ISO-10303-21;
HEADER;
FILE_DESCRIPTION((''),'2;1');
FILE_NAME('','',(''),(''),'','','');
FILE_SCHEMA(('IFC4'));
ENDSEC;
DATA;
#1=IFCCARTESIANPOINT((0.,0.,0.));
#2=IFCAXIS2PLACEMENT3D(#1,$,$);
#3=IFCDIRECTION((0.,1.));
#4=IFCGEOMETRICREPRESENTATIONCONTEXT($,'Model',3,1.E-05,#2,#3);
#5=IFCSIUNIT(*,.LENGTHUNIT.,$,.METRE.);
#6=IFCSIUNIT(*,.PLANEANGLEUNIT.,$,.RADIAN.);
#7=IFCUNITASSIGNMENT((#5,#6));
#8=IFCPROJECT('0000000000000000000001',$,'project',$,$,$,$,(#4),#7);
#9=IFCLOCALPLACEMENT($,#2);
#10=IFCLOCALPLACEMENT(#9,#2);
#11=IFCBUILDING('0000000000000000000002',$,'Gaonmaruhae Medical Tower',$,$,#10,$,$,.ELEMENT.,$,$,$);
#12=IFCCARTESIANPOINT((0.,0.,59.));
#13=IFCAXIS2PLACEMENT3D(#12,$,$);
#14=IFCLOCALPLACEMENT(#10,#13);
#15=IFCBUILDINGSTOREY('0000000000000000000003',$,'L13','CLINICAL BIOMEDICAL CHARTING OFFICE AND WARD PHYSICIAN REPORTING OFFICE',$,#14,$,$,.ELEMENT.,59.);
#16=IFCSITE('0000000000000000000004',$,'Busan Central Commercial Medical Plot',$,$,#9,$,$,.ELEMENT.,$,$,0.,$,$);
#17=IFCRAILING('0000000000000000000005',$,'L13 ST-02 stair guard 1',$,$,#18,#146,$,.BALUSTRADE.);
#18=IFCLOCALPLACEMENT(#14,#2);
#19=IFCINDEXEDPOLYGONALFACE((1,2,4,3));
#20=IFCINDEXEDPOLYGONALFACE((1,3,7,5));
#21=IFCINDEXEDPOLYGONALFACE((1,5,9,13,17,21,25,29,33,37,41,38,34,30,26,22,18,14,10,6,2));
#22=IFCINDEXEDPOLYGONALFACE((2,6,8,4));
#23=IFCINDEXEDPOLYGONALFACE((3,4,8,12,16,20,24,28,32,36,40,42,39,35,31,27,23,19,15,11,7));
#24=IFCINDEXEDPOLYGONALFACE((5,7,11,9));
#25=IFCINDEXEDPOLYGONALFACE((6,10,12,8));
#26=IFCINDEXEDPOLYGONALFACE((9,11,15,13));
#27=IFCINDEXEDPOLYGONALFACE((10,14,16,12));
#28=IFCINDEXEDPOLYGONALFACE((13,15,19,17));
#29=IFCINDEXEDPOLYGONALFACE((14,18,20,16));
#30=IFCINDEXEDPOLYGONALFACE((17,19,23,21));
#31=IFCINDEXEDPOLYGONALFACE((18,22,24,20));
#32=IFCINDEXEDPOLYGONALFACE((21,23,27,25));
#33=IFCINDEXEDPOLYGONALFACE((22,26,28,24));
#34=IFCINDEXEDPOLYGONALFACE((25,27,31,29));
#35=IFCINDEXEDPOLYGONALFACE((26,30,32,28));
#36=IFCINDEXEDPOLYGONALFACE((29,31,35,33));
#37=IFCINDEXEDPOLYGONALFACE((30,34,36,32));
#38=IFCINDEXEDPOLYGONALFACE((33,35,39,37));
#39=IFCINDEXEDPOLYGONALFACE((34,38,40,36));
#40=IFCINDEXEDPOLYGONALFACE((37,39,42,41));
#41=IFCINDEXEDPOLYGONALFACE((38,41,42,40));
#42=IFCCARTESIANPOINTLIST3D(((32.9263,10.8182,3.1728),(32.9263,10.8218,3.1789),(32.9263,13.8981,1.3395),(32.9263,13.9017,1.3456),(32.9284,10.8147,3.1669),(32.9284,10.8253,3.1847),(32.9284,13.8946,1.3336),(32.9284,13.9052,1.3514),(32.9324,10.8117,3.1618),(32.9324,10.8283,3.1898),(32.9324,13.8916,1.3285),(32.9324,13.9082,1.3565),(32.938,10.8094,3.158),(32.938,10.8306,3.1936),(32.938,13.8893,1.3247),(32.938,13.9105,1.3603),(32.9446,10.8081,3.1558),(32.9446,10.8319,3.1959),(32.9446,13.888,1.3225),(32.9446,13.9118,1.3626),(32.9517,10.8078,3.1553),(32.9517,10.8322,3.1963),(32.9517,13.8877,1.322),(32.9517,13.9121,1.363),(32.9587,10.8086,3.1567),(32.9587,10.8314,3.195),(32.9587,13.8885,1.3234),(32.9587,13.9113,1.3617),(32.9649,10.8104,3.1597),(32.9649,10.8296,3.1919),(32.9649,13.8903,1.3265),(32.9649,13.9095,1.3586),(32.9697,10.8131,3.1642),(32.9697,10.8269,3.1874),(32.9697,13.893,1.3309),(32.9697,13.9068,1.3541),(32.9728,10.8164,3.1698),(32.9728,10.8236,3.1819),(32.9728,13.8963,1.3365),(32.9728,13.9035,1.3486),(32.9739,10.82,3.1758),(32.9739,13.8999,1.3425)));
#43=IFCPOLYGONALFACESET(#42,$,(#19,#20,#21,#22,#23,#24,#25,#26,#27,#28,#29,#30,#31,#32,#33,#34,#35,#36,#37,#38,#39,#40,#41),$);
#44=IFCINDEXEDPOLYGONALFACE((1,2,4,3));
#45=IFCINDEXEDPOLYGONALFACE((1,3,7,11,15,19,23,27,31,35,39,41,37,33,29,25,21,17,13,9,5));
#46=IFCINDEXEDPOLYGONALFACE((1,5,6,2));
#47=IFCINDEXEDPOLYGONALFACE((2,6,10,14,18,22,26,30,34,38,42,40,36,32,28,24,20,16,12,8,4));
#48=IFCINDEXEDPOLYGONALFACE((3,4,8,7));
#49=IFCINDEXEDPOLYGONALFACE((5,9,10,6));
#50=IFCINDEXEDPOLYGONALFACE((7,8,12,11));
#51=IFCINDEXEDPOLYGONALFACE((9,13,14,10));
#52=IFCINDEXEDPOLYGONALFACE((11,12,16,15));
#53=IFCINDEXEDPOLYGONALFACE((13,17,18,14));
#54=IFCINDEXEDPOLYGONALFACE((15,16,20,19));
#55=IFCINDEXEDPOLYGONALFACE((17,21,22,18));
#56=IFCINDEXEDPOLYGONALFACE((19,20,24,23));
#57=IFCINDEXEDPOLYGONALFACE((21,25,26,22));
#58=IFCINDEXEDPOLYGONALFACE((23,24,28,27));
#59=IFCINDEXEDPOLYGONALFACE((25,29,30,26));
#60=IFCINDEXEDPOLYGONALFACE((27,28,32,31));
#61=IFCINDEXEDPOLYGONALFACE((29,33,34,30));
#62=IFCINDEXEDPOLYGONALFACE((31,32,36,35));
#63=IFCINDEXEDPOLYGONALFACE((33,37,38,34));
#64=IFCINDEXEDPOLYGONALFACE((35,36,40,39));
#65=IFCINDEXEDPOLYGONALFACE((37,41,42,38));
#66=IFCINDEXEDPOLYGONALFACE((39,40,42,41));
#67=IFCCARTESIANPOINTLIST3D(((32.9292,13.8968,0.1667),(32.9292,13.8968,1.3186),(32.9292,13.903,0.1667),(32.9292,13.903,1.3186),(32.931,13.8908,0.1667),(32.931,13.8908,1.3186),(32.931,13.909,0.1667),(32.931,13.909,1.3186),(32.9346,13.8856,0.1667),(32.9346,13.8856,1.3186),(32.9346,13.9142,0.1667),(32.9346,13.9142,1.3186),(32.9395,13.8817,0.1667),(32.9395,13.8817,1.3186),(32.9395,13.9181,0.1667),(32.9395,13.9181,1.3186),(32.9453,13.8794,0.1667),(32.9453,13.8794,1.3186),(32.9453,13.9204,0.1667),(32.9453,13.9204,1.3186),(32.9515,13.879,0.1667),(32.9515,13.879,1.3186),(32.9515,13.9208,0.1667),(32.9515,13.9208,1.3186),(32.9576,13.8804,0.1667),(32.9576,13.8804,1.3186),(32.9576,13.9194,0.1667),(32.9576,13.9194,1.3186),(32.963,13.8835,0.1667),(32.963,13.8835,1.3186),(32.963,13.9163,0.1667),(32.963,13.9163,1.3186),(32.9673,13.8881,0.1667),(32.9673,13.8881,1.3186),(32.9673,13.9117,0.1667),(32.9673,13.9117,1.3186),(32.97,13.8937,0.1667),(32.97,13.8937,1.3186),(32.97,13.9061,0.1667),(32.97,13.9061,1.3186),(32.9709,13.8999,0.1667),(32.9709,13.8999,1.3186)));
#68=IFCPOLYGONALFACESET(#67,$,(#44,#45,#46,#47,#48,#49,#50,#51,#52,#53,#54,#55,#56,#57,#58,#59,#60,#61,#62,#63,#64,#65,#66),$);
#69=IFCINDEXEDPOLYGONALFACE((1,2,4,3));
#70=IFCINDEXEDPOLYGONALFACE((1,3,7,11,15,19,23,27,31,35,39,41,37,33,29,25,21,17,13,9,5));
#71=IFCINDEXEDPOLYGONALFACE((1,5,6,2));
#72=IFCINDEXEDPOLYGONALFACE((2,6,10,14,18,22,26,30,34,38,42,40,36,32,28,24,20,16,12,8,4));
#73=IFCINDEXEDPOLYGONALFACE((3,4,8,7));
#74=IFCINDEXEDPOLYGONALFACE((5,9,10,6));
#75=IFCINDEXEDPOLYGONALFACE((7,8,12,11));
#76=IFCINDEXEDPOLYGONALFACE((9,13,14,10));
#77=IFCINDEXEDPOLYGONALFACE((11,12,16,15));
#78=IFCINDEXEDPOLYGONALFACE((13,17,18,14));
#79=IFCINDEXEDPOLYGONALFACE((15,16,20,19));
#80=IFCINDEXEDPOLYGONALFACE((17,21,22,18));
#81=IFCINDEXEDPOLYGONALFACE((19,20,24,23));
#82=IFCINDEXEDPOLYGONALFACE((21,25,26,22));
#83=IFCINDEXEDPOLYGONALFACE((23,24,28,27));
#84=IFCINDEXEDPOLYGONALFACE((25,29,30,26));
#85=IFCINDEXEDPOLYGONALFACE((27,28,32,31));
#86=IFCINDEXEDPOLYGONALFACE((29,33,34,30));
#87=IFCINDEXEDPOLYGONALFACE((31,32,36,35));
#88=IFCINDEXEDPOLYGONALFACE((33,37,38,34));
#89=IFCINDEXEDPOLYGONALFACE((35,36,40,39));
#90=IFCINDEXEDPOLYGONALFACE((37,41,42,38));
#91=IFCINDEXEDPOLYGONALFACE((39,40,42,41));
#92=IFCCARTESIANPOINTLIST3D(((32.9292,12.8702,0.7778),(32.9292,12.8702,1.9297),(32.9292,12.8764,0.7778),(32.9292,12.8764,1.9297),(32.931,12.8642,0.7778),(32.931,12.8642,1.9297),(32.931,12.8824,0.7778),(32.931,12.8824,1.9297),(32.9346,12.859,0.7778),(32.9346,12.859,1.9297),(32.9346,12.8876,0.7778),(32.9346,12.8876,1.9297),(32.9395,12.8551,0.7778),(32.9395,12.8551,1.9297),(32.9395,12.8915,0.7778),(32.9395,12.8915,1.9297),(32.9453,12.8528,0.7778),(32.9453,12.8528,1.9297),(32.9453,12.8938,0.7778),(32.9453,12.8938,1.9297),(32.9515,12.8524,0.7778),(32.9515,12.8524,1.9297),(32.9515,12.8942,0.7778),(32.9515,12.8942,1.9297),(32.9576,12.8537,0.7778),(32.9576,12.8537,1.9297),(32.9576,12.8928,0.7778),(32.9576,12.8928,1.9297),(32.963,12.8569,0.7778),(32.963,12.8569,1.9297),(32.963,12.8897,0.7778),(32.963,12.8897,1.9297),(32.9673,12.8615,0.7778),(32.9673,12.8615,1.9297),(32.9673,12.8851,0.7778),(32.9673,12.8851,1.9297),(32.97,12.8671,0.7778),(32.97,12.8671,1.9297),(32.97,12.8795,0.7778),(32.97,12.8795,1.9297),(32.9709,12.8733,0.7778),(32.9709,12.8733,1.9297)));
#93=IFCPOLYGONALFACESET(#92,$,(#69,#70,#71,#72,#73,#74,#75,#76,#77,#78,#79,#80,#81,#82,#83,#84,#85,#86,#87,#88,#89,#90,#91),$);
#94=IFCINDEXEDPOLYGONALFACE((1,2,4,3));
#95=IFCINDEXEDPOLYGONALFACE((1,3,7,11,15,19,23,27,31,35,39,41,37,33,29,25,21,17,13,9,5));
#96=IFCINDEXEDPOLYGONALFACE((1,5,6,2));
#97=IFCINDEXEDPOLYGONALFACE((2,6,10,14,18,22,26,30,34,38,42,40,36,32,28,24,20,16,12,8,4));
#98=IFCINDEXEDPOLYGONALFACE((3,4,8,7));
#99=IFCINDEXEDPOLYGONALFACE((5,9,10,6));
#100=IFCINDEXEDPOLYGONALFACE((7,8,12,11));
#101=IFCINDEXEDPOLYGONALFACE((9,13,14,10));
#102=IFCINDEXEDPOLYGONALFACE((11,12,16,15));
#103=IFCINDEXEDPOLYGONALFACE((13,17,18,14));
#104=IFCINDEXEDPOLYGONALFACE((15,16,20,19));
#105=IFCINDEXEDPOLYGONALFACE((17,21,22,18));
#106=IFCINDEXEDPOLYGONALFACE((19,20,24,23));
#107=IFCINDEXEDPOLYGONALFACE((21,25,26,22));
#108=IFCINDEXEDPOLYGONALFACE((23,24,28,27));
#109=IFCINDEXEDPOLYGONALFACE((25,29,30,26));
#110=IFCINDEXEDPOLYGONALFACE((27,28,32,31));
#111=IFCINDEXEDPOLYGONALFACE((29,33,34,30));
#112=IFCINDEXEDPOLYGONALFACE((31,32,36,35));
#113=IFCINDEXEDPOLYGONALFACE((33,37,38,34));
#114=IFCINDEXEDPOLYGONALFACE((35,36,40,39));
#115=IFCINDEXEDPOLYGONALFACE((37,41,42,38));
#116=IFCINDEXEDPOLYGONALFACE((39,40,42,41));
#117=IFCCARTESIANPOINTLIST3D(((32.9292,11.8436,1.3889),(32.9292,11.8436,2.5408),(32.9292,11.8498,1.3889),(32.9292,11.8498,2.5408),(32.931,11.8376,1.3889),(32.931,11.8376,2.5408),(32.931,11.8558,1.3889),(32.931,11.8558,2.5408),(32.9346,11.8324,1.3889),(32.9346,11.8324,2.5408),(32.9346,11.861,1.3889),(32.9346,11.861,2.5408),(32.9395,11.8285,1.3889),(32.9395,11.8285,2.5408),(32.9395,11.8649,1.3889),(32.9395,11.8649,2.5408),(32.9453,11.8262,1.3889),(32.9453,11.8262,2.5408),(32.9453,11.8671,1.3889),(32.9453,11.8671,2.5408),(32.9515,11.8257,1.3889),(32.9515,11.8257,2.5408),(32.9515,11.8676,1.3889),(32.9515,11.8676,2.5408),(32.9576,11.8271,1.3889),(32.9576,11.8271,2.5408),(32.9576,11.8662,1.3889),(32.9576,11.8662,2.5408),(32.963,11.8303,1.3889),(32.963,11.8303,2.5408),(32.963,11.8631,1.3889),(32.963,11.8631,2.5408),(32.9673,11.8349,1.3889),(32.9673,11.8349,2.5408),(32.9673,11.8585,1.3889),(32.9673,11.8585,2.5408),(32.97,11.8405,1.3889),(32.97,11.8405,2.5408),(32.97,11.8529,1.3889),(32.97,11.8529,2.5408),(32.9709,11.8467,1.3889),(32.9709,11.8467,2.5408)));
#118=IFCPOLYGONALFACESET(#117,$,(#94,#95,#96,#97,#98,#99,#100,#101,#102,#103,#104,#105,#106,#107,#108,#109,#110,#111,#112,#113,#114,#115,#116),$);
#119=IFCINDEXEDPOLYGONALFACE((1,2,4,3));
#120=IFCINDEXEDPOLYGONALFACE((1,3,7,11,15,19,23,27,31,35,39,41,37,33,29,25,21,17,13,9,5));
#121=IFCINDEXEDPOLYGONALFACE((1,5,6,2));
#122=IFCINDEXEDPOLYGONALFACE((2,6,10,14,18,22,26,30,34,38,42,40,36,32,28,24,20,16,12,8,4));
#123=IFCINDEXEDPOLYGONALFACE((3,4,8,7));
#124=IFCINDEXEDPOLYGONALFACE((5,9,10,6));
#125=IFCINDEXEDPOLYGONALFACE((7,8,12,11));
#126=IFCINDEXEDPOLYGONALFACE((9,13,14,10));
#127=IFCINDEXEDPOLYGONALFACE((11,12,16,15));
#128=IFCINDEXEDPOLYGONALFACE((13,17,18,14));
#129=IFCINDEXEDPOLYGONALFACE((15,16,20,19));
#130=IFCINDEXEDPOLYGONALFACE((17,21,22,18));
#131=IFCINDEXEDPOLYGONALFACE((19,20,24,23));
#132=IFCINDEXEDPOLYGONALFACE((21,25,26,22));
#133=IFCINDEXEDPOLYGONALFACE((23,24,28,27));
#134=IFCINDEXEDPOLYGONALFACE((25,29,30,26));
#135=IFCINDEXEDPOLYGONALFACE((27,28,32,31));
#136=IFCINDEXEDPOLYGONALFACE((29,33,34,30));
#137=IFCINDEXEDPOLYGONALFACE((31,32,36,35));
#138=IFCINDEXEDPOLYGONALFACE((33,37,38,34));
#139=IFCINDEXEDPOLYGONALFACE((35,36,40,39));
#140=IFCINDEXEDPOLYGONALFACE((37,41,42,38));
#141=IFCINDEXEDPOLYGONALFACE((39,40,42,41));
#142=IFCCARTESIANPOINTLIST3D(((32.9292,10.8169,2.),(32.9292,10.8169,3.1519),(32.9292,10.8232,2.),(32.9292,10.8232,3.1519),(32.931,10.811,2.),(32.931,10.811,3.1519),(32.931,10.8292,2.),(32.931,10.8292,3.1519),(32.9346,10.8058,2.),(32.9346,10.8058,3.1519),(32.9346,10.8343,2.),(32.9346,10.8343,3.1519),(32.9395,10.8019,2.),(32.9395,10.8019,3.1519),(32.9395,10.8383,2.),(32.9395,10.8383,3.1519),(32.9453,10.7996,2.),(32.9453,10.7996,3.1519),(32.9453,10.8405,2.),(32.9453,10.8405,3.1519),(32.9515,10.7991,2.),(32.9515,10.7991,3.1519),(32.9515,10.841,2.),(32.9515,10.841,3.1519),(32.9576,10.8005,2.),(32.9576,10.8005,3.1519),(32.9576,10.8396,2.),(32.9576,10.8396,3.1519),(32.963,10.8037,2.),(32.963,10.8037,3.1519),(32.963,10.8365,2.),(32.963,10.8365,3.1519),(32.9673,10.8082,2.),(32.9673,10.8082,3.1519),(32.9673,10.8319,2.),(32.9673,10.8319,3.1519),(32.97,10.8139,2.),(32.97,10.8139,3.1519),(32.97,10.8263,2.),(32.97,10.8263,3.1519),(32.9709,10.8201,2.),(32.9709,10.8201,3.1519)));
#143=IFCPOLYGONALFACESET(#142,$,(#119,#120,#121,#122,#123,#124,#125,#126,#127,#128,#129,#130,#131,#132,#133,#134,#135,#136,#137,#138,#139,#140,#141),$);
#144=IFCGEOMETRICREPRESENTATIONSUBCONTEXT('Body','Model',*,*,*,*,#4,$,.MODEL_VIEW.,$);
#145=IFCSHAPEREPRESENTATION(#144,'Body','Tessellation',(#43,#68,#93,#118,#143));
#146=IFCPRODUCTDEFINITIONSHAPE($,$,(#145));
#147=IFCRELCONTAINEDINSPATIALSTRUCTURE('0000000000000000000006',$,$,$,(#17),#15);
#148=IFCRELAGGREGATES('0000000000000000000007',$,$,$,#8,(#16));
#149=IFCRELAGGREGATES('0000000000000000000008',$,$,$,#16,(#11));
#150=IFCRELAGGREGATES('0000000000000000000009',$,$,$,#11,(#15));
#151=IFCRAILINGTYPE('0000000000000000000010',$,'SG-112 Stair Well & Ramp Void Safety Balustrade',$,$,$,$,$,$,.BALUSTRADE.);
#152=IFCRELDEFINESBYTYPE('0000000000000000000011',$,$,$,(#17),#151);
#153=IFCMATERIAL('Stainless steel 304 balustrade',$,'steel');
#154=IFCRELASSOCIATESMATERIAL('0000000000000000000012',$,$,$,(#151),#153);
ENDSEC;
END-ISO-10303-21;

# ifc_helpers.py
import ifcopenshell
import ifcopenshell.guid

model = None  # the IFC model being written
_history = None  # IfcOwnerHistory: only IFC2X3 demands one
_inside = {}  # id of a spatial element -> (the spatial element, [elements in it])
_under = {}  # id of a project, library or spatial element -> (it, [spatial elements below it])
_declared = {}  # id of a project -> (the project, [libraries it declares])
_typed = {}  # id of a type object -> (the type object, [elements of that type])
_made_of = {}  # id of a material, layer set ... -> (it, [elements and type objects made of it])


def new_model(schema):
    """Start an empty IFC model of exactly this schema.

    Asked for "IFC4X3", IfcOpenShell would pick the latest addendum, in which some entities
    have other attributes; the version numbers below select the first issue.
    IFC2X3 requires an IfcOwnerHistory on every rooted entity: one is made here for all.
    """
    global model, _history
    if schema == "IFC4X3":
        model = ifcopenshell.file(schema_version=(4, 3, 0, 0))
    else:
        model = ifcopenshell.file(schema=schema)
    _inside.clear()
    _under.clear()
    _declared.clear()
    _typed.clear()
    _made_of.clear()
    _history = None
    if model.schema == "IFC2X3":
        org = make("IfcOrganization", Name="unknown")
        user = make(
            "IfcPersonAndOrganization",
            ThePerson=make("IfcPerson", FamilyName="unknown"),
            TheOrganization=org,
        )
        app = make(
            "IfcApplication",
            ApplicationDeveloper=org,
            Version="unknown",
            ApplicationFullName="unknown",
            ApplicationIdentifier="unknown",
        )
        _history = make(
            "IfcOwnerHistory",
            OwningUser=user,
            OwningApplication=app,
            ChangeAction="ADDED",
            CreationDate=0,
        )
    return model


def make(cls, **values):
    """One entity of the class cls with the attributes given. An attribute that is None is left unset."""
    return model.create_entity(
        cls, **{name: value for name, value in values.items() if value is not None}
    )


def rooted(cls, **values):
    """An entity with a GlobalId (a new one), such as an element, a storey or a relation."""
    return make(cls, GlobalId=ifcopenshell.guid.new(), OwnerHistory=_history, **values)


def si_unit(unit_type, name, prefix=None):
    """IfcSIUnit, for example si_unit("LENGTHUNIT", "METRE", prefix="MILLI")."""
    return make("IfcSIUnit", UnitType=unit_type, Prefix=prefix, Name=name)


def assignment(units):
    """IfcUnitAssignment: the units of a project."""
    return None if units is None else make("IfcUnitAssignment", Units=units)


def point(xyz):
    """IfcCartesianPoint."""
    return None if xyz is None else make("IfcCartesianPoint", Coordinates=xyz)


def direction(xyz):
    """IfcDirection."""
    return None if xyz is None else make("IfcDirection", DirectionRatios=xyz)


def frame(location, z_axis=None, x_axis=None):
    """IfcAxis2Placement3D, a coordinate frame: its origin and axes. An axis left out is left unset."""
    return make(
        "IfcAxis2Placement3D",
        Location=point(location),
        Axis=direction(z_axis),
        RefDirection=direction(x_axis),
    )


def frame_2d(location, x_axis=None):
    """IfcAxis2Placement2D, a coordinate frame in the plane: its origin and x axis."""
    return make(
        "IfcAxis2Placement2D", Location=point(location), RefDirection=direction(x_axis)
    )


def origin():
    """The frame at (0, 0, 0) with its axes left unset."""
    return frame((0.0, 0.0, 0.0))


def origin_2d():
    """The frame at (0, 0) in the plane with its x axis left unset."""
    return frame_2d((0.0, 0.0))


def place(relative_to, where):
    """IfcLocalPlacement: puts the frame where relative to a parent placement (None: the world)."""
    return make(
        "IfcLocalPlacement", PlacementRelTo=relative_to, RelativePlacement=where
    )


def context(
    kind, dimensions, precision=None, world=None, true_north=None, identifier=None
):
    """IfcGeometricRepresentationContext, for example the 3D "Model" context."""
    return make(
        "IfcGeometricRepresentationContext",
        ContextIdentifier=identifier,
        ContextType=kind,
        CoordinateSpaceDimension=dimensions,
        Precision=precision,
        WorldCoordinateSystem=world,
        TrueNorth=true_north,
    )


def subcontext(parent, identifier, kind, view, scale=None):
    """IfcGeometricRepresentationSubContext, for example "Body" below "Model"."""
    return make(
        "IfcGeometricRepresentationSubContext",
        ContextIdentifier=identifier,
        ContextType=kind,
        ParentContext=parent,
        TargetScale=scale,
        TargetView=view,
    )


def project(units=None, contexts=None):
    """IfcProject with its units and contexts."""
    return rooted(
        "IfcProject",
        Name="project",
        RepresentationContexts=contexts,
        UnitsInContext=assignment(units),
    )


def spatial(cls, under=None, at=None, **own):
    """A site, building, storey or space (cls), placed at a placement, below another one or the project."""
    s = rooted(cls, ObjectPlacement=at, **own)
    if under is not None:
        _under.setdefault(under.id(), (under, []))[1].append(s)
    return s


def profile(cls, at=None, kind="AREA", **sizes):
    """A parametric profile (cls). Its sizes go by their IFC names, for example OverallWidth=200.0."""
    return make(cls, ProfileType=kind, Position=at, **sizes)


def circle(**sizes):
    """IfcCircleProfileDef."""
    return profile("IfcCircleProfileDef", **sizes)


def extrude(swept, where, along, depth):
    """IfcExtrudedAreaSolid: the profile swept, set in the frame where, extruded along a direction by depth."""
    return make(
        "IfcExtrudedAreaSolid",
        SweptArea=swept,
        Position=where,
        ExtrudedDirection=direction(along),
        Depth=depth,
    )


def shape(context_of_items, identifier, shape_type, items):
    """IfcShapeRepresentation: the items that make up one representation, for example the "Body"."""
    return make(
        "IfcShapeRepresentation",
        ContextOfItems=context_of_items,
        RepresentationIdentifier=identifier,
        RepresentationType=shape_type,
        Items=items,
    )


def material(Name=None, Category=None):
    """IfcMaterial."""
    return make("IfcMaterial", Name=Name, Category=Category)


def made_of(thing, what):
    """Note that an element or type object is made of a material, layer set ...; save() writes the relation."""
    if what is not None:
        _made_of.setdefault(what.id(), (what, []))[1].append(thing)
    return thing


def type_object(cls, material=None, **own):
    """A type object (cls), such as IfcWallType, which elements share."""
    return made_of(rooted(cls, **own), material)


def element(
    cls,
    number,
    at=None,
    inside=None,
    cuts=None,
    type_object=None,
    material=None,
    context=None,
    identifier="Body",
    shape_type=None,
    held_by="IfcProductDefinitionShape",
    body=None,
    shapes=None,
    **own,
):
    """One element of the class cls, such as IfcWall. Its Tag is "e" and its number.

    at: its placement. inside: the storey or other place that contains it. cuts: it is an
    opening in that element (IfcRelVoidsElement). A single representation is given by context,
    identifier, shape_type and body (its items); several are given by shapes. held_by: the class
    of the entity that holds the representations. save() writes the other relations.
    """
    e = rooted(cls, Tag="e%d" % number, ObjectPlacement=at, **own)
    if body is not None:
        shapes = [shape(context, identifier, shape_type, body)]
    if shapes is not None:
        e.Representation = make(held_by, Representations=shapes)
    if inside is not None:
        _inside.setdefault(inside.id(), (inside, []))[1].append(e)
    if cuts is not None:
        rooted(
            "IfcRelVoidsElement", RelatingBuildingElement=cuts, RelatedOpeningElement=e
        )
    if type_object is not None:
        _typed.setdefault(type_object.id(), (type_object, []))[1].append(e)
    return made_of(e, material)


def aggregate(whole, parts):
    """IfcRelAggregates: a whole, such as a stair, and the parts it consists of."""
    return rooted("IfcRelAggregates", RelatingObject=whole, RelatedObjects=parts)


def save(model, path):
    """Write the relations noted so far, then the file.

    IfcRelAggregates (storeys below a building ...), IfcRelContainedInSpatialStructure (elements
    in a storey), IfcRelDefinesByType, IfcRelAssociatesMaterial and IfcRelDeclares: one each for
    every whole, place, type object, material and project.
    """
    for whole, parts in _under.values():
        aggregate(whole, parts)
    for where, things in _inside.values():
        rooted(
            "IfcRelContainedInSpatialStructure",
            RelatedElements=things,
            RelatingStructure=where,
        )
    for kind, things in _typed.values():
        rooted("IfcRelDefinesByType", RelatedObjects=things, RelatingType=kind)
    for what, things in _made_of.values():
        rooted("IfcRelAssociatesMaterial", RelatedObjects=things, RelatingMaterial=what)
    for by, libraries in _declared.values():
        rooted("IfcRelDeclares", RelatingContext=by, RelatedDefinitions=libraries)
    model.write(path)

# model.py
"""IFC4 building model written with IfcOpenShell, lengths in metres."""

from ifc_helpers import new_model, si_unit, direction, frame, origin, origin_2d, place, context, subcontext, project, spatial, circle, extrude, material, type_object, element, save


model = new_model("IFC4")

# Units and contexts
model_context = context("Model", 3, precision=1e-05, world=origin(), true_north=direction((0.0, 1.0)))
body_context = subcontext(model_context, "Body", "Model", "MODEL_VIEW")
ifc_project = project(units=[si_unit("LENGTHUNIT", "METRE"), si_unit("PLANEANGLEUNIT", "RADIAN")], contexts=[model_context])

# Site, building, storey
site_placement = place(None, origin())
site = spatial("IfcSite", under=ifc_project, at=site_placement, Name="Busan Central Commercial Medical Plot", CompositionType="ELEMENT", RefElevation=0.0)
building_placement = place(site_placement, origin())
building = spatial("IfcBuilding", under=site, at=building_placement, Name="Gaonmaruhae Medical Tower", CompositionType="ELEMENT")
storey_placement = place(building_placement, frame((0.0, 0.0, 59.0)))
storey = spatial("IfcBuildingStorey", under=building, at=storey_placement, Name="L13", Description="CLINICAL BIOMEDICAL CHARTING OFFICE AND WARD PHYSICIAN REPORTING OFFICE", CompositionType="ELEMENT", Elevation=59.0)

# Railing
ifc_material_1 = material(Name="Stainless steel 304 balustrade", Category="steel")
railing_type_1 = type_object("IfcRailingType", Name="SG-112 Stair Well & Ramp Void Safety Balustrade", PredefinedType="BALUSTRADE", material=ifc_material_1)
railing_1_placement = place(storey_placement, frame((32.95, 13.8999, 0.1667)))
element("IfcRailing", 1, at=railing_1_placement, inside=storey, type_object=railing_type_1, Name="L13 ST-02 stair guard 1", PredefinedType="BALUSTRADE", context=body_context, shape_type="SweptSolid", body=[
    extrude(circle(Radius=0.0239, at=origin_2d()), frame((0.0, 0.0, 1.1758), z_axis=(0.0, -0.859291, 0.511487), x_axis=(1.0, 0.0, 0.0)), (0.0, 0.0, 1.0), 3.5842),
    extrude(circle(Radius=0.021, at=origin_2d()), origin(), (0.0, 0.0, 1.0), 1.1519),
    extrude(circle(Radius=0.021, at=origin_2d()), frame((0.0, -1.0266, 0.6111)), (0.0, 0.0, 1.0), 1.1519),
    extrude(circle(Radius=0.021, at=origin_2d()), frame((0.0, -2.0532, 1.2222)), (0.0, 0.0, 1.0), 1.1519),
    extrude(circle(Radius=0.021, at=origin_2d()), frame((0.0, -3.0798, 1.8333)), (0.0, 0.0, 1.0), 1.1519),
])

save(model, "model.ifc")
